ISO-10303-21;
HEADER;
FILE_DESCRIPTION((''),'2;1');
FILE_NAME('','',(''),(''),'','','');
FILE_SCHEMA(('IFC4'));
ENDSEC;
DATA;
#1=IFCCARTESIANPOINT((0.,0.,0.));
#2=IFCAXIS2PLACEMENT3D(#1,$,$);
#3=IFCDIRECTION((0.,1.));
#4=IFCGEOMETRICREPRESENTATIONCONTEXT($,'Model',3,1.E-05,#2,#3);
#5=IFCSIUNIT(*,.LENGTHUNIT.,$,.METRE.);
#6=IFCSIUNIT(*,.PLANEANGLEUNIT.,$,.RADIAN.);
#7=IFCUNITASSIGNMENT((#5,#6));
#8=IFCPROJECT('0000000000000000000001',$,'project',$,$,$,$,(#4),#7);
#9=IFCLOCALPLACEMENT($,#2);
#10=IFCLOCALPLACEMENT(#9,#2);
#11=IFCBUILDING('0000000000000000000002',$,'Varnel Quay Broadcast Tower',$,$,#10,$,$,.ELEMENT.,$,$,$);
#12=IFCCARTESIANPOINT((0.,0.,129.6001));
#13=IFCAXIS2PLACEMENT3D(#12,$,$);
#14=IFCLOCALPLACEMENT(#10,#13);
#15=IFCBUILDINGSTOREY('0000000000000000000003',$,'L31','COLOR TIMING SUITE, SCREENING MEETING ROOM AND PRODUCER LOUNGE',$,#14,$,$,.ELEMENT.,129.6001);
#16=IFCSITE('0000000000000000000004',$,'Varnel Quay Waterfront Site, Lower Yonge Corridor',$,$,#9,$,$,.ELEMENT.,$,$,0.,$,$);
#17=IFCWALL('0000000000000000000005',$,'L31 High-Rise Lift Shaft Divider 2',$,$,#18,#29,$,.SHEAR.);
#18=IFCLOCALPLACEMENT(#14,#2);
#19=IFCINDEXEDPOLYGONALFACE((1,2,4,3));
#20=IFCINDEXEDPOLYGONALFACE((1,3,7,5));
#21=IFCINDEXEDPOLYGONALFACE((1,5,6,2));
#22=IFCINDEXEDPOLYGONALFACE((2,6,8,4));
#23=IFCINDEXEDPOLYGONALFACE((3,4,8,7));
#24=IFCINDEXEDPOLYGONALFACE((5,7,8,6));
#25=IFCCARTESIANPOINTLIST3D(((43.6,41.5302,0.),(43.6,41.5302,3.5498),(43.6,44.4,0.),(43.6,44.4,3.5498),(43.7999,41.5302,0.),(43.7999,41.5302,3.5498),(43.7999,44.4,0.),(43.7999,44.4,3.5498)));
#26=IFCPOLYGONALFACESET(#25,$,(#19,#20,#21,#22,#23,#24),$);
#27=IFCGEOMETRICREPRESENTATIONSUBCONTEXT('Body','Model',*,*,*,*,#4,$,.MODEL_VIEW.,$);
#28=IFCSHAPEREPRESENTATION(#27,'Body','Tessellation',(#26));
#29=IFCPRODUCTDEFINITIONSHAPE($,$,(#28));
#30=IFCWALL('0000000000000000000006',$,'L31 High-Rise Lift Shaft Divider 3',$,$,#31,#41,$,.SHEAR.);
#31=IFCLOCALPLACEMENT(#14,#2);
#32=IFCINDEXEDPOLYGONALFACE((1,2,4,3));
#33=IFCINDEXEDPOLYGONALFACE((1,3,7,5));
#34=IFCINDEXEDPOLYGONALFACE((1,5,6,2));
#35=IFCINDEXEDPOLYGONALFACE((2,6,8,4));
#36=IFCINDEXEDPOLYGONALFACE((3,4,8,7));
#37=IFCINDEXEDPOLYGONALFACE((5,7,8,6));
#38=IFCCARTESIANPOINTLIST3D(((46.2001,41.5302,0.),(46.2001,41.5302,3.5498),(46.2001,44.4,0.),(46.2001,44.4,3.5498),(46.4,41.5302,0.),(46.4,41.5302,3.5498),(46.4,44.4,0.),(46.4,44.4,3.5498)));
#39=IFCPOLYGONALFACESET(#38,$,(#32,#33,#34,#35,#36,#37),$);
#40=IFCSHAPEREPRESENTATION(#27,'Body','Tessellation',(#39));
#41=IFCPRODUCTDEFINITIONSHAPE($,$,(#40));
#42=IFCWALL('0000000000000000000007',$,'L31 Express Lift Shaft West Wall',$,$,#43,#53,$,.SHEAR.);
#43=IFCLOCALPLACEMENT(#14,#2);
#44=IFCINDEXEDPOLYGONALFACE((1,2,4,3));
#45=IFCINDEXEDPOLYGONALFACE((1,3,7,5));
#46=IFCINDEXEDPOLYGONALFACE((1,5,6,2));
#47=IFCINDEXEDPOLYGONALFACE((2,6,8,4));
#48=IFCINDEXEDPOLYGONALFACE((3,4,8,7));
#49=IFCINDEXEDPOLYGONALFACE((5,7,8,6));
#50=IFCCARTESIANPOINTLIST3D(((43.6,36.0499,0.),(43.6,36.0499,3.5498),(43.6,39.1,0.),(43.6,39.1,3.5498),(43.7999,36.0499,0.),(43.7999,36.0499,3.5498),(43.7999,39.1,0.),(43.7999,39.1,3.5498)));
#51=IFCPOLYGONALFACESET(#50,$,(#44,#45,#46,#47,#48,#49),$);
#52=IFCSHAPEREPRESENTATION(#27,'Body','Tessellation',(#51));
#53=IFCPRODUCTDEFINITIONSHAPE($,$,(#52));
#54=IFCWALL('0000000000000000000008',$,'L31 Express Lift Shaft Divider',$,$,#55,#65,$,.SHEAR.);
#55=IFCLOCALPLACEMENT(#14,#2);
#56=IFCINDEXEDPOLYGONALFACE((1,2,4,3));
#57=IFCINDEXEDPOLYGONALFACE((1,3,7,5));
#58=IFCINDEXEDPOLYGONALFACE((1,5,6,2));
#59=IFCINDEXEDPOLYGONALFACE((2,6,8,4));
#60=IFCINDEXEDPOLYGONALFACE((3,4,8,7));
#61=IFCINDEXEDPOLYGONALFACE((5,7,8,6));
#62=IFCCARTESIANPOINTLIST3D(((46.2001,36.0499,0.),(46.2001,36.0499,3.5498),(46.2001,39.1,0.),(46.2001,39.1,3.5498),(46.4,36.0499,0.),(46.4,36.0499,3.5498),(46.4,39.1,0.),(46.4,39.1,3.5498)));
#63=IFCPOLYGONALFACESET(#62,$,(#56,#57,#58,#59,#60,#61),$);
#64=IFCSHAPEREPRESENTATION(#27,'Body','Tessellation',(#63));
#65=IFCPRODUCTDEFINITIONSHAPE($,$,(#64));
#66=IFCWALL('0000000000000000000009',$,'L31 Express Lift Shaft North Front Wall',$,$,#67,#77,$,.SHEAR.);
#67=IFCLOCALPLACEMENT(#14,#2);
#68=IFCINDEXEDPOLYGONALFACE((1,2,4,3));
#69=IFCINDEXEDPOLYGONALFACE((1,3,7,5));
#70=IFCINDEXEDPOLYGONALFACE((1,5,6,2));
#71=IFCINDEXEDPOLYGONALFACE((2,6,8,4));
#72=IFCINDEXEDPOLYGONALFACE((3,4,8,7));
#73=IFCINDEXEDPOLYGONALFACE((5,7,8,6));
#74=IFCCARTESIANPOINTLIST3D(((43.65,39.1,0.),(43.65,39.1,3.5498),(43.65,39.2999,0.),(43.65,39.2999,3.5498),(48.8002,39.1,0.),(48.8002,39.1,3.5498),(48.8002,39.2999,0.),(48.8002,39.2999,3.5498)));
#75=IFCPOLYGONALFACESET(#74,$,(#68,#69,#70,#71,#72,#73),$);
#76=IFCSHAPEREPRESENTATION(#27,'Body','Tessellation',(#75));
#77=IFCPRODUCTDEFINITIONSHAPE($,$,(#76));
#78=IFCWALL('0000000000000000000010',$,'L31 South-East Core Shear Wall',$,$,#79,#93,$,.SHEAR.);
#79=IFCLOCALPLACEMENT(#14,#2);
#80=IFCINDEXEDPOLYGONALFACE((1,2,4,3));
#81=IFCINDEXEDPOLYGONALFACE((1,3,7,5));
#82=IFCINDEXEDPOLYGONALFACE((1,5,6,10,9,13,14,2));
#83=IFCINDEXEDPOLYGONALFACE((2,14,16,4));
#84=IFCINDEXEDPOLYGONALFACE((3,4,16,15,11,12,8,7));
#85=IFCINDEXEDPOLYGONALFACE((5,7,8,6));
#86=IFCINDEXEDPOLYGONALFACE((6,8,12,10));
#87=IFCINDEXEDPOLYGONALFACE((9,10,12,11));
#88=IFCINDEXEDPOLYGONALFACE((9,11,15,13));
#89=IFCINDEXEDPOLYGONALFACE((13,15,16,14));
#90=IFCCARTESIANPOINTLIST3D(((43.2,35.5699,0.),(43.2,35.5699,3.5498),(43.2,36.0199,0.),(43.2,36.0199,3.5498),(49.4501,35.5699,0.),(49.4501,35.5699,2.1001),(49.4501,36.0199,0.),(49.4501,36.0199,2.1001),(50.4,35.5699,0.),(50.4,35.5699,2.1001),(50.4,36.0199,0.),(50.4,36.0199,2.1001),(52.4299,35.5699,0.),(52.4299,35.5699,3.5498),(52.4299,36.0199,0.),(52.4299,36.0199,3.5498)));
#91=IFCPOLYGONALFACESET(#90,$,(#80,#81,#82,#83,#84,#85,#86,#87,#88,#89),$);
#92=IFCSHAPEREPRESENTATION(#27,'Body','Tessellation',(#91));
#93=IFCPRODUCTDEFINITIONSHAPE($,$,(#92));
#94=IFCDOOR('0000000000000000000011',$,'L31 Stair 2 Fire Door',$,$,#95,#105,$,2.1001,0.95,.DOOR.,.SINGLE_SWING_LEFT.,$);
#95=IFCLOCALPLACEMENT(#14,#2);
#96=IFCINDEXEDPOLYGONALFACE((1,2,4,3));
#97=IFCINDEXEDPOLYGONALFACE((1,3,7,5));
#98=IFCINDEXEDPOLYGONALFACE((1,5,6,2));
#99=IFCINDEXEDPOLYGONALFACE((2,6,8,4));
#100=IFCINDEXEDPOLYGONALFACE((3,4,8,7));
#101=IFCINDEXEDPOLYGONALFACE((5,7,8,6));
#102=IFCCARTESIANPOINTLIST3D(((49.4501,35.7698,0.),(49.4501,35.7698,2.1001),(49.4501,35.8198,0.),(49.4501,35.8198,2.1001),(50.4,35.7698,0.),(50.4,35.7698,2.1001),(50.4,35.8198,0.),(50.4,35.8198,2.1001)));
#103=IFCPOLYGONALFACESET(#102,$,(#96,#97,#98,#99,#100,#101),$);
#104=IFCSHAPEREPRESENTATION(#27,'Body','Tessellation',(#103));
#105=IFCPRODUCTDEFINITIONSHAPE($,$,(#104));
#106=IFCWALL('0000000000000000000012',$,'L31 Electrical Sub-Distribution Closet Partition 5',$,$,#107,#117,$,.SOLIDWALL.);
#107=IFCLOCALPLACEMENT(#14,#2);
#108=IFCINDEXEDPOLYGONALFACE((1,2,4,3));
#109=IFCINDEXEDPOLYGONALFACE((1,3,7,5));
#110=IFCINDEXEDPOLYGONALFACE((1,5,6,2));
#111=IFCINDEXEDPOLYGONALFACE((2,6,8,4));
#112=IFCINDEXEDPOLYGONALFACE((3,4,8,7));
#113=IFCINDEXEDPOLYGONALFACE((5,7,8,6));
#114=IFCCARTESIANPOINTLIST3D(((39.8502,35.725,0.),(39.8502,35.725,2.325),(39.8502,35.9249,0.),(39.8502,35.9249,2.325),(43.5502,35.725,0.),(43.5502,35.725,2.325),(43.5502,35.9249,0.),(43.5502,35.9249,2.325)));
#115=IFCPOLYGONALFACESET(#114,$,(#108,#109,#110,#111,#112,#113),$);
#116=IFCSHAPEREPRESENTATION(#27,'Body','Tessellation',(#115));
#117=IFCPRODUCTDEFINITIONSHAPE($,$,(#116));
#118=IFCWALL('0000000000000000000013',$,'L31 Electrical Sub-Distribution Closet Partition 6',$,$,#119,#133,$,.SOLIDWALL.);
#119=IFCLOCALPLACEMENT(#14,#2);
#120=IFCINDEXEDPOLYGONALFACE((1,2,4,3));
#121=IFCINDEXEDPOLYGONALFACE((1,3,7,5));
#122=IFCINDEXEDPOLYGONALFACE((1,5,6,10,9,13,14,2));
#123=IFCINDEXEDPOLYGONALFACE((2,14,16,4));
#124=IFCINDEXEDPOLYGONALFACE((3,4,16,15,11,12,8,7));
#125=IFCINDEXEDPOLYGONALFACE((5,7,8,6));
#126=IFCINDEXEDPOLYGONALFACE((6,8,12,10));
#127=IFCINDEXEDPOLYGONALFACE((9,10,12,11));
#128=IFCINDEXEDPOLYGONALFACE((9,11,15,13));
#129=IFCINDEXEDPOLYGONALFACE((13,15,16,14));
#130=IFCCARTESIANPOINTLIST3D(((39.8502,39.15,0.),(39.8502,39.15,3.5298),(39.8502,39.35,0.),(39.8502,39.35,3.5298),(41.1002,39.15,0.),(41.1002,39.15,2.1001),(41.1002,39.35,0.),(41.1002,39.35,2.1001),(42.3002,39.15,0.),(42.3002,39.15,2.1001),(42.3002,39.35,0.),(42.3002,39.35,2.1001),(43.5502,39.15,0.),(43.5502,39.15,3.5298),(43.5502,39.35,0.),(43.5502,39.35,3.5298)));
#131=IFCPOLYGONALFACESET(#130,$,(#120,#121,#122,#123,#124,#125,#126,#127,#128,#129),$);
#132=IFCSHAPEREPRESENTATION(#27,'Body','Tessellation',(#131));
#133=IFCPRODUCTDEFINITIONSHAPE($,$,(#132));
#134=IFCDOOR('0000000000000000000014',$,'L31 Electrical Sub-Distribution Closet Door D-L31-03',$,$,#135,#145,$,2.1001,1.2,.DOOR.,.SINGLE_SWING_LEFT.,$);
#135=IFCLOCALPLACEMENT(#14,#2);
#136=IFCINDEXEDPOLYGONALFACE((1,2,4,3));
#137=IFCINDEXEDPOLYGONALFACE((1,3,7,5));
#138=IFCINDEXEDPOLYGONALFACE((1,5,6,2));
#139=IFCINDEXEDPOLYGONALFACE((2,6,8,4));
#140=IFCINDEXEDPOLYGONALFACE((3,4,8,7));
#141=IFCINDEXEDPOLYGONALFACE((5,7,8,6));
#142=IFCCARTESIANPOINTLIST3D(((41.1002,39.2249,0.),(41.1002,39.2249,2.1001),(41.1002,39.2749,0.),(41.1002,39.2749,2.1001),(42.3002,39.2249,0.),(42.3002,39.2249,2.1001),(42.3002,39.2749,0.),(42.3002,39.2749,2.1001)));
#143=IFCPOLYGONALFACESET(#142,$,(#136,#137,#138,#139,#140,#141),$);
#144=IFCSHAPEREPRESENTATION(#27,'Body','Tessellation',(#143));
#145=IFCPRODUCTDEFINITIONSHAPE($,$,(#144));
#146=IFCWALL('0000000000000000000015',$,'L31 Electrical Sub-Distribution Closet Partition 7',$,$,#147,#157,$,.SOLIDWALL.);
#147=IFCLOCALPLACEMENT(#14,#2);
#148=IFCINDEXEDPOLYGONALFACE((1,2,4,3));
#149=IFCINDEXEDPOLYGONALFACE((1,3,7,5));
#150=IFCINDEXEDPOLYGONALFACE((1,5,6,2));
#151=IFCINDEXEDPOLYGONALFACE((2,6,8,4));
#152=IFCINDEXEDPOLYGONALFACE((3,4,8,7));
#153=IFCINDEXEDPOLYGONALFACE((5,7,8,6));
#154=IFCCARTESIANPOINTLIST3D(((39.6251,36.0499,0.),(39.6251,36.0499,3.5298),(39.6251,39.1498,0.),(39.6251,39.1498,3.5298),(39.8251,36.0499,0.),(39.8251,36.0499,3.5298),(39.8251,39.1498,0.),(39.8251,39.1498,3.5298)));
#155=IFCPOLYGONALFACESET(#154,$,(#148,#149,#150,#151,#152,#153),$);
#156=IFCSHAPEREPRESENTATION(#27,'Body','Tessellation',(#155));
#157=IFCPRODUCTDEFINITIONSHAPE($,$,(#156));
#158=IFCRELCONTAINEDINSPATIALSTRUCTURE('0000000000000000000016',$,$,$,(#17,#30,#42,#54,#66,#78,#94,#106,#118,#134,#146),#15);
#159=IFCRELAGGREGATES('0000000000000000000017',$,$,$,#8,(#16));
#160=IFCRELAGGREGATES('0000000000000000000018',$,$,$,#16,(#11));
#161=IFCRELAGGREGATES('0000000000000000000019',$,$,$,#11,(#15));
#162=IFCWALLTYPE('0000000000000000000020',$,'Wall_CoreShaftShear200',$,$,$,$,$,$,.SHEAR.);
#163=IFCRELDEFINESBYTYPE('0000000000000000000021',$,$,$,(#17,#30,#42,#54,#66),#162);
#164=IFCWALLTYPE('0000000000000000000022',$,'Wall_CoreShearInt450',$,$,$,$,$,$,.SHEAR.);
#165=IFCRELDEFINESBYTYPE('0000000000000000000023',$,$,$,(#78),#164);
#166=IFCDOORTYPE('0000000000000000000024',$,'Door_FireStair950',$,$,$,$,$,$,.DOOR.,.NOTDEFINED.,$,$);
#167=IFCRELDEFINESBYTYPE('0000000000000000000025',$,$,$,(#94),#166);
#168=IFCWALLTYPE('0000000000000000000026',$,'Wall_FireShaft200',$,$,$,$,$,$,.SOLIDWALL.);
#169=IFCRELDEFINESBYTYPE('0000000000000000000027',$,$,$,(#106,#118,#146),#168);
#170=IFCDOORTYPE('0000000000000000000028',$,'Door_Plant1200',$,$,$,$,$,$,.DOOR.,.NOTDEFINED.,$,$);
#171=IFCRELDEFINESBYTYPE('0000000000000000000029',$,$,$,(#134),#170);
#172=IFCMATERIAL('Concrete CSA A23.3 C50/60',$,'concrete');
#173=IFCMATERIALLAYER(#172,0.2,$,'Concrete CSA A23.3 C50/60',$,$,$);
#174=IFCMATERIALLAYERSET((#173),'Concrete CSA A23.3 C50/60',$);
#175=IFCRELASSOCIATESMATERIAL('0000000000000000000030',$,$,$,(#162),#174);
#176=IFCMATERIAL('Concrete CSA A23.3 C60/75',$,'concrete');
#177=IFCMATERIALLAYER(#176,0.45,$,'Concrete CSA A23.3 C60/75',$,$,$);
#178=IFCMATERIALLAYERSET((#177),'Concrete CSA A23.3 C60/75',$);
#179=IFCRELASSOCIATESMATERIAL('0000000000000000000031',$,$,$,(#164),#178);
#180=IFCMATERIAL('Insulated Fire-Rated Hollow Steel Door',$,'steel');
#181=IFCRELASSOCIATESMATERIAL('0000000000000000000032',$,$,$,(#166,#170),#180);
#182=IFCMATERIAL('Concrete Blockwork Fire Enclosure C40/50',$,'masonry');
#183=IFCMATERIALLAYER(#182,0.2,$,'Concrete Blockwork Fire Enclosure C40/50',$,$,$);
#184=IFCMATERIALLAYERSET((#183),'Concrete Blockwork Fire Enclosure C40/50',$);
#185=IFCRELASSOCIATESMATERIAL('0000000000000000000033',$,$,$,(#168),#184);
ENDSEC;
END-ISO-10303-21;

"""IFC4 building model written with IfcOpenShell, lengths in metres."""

from ifc_helpers import new_model, si_unit, direction, frame, frame_2d, origin, place, context, subcontext, project, spatial, rectangle, extrude, source, transform, mapped, material, layer, layer_set, type_object, type_shapes, element, fill, save


model = new_model("IFC4")

# Units and contexts
model_context = context("Model", 3, precision=1e-05, world=origin(), true_north=direction((0.0, 1.0)))
body_context = subcontext(model_context, "Body", "Model", "MODEL_VIEW")
ifc_project = project(units=[si_unit("LENGTHUNIT", "METRE"), si_unit("PLANEANGLEUNIT", "RADIAN")], contexts=[model_context])

# Site, building, storey
site_placement = place(None, origin())
site = spatial("IfcSite", under=ifc_project, at=site_placement, Name="Varnel Quay Waterfront Site, Lower Yonge Corridor", CompositionType="ELEMENT", RefElevation=0.0)
building_placement = place(site_placement, origin())
building = spatial("IfcBuilding", under=site, at=building_placement, Name="Varnel Quay Broadcast Tower", CompositionType="ELEMENT")
storey_placement = place(building_placement, frame((0.0, 0.0, 129.6001)))
storey = spatial("IfcBuildingStorey", under=building, at=storey_placement, Name="L31", Description="COLOR TIMING SUITE, SCREENING MEETING ROOM AND PRODUCER LOUNGE", CompositionType="ELEMENT", Elevation=129.6001)

# Walls
ifc_material_1 = material(Name="Concrete CSA A23.3 C50/60", Category="concrete")
ifc_layer_1 = layer(ifc_material_1, 0.2, Name="Concrete CSA A23.3 C50/60")
ifc_layer_set_1 = layer_set([ifc_layer_1], Name="Concrete CSA A23.3 C50/60")
wall_type_1 = type_object("IfcWallType", Name="Wall_CoreShaftShear200", PredefinedType="SHEAR", material=ifc_layer_set_1)
for number, where, z_axis, x_axis, name in (
    (1, (43.7, 41.53, 0.0), (0.0, 0.0, 1.0), (0.0, 1.0, 0.0), "L31 High-Rise Lift Shaft Divider 2"),
    (2, (46.3, 41.53, 0.0), (0.0, 0.0, 1.0), (0.0, 1.0, 0.0), "L31 High-Rise Lift Shaft Divider 3"),
):
    element("IfcWall", number, at=place(storey_placement, frame(where, z_axis=z_axis, x_axis=x_axis)), inside=storey, type_object=wall_type_1, Name=name, PredefinedType="SHEAR", context=body_context, shape_type="SweptSolid", body=[
        extrude(rectangle(XDim=2.8699, YDim=0.2, at=frame_2d((1.4351, 0.0))), origin(), (0.0, 0.0, 1.0), 3.5498),
    ])
for number, where, z_axis, x_axis, name in (
    (3, (43.7, 36.05, 0.0), (0.0, 0.0, 1.0), (0.0, 1.0, 0.0), "L31 Express Lift Shaft West Wall"),
    (4, (46.3, 36.05, 0.0), (0.0, 0.0, 1.0), (0.0, 1.0, 0.0), "L31 Express Lift Shaft Divider"),
):
    element("IfcWall", number, at=place(storey_placement, frame(where, z_axis=z_axis, x_axis=x_axis)), inside=storey, type_object=wall_type_1, Name=name, PredefinedType="SHEAR", context=body_context, shape_type="SweptSolid", body=[
        extrude(rectangle(XDim=3.05, YDim=0.2, at=frame_2d((1.5249, 0.0))), origin(), (0.0, 0.0, 1.0), 3.5498),
    ])
wall_1_placement = place(storey_placement, frame((43.6499, 39.2, 0.0), z_axis=(0.0, 0.0, 1.0), x_axis=(1.0, 0.0, 0.0)))
element("IfcWall", 5, at=wall_1_placement, inside=storey, type_object=wall_type_1, Name="L31 Express Lift Shaft North Front Wall", PredefinedType="SHEAR", context=body_context, shape_type="SweptSolid", body=[
    extrude(rectangle(XDim=5.1501, YDim=0.2, at=frame_2d((2.5752, 0.0))), origin(), (0.0, 0.0, 1.0), 3.5498),
])

# Wall, opening, door
ifc_material_2 = material(Name="Concrete CSA A23.3 C60/75", Category="concrete")
ifc_layer_2 = layer(ifc_material_2, 0.45, Name="Concrete CSA A23.3 C60/75")
ifc_layer_set_2 = layer_set([ifc_layer_2], Name="Concrete CSA A23.3 C60/75")
wall_type_2 = type_object("IfcWallType", Name="Wall_CoreShearInt450", PredefinedType="SHEAR", material=ifc_layer_set_2)
wall_2_placement = place(storey_placement, frame((43.2, 35.7949, 0.0), z_axis=(0.0, 0.0, 1.0), x_axis=(1.0, 0.0, 0.0)))
wall_2 = element("IfcWall", 6, at=wall_2_placement, inside=storey, type_object=wall_type_2, Name="L31 South-East Core Shear Wall", PredefinedType="SHEAR", context=body_context, shape_type="SweptSolid", body=[
    extrude(rectangle(XDim=9.23, YDim=0.45, at=frame_2d((4.615, 0.0))), origin(), (0.0, 0.0, 1.0), 3.5498),
])
opening_1_placement = place(wall_2_placement, frame((6.25, 0.0, 0.0)))
opening_1 = element("IfcOpeningElement", 7, at=opening_1_placement, cuts=wall_2, PredefinedType="OPENING", context=body_context, shape_type="SweptSolid", body=[
    extrude(rectangle(XDim=0.95, YDim=2.1001, at=frame_2d((0.4751, 1.05))), frame((0.0, 0.2349, 0.0), z_axis=(0.0, -1.0, 0.0), x_axis=(1.0, 0.0, 0.0)), (0.0, 0.0, 1.0), 0.47),
])
ifc_material_3 = material(Name="Insulated Fire-Rated Hollow Steel Door", Category="steel")
door_type_1 = type_object("IfcDoorType", Name="Door_FireStair950", OperationType="NOTDEFINED", PredefinedType="DOOR", material=ifc_material_3)
shared_shape_1 = source(origin(), body_context, "Body", "SweptSolid", [
    extrude(rectangle(XDim=0.95, YDim=2.1001, at=frame_2d((0.4751, 1.05))), frame((0.0, 0.0249, 0.0), z_axis=(0.0, -1.0, 0.0), x_axis=(1.0, 0.0, 0.0)), (0.0, 0.0, 1.0), 0.05),
])
type_shapes(door_type_1, [shared_shape_1])
door_1_placement = place(opening_1_placement, origin())
door_1 = element("IfcDoor", 8, at=door_1_placement, inside=storey, type_object=door_type_1, Name="L31 Stair 2 Fire Door", OperationType="SINGLE_SWING_LEFT", OverallHeight=2.1001, OverallWidth=0.95, PredefinedType="DOOR", context=body_context, shape_type="MappedRepresentation", body=[
    mapped(shared_shape_1, transform((0.0, 0.0, 0.0), x_axis=(1.0, 0.0, 0.0), y_axis=(0.0, 1.0, 0.0), z_axis=(0.0, 0.0, 1.0), scale=1.0)),
])
fill(opening_1, door_1)

# Wall
ifc_material_4 = material(Name="Concrete Blockwork Fire Enclosure C40/50", Category="masonry")
ifc_layer_3 = layer(ifc_material_4, 0.2, Name="Concrete Blockwork Fire Enclosure C40/50")
ifc_layer_set_3 = layer_set([ifc_layer_3], Name="Concrete Blockwork Fire Enclosure C40/50")
wall_type_3 = type_object("IfcWallType", Name="Wall_FireShaft200", PredefinedType="SOLIDWALL", material=ifc_layer_set_3)
wall_3_placement = place(storey_placement, frame((39.8501, 35.825, 0.0), z_axis=(0.0, 0.0, 1.0), x_axis=(1.0, 0.0, 0.0)))
element("IfcWall", 9, at=wall_3_placement, inside=storey, type_object=wall_type_3, Name="L31 Electrical Sub-Distribution Closet Partition 5", PredefinedType="SOLIDWALL", context=body_context, shape_type="SweptSolid", body=[
    extrude(rectangle(XDim=3.7, YDim=0.2, at=frame_2d((1.8501, 0.0))), origin(), (0.0, 0.0, 1.0), 2.325),
])

# Wall, opening, door
wall_4_placement = place(storey_placement, frame((39.8501, 39.25, 0.0), z_axis=(0.0, 0.0, 1.0), x_axis=(1.0, 0.0, 0.0)))
wall_4 = element("IfcWall", 10, at=wall_4_placement, inside=storey, type_object=wall_type_3, Name="L31 Electrical Sub-Distribution Closet Partition 6", PredefinedType="SOLIDWALL", context=body_context, shape_type="SweptSolid", body=[
    extrude(rectangle(XDim=3.7, YDim=0.2, at=frame_2d((1.8501, 0.0))), origin(), (0.0, 0.0, 1.0), 3.5298),
])
opening_2_placement = place(wall_4_placement, frame((1.25, 0.0, 0.0)))
opening_2 = element("IfcOpeningElement", 11, at=opening_2_placement, cuts=wall_4, PredefinedType="OPENING", context=body_context, shape_type="SweptSolid", body=[
    extrude(rectangle(XDim=1.2, YDim=2.1001, at=frame_2d((0.6001, 1.05))), frame((0.0, 0.1099, 0.0), z_axis=(0.0, -1.0, 0.0), x_axis=(1.0, 0.0, 0.0)), (0.0, 0.0, 1.0), 0.22),
])
door_type_2 = type_object("IfcDoorType", Name="Door_Plant1200", OperationType="NOTDEFINED", PredefinedType="DOOR", material=ifc_material_3)
shared_shape_2 = source(origin(), body_context, "Body", "SweptSolid", [
    extrude(rectangle(XDim=1.2, YDim=2.1001, at=frame_2d((0.6001, 1.05))), frame((0.0, 0.0249, 0.0), z_axis=(0.0, -1.0, 0.0), x_axis=(1.0, 0.0, 0.0)), (0.0, 0.0, 1.0), 0.05),
])
type_shapes(door_type_2, [shared_shape_2])
door_2_placement = place(opening_2_placement, origin())
door_2 = element("IfcDoor", 12, at=door_2_placement, inside=storey, type_object=door_type_2, Name="L31 Electrical Sub-Distribution Closet Door D-L31-03", OperationType="SINGLE_SWING_LEFT", OverallHeight=2.1001, OverallWidth=1.2, PredefinedType="DOOR", context=body_context, shape_type="MappedRepresentation", body=[
    mapped(shared_shape_2, transform((0.0, 0.0, 0.0), x_axis=(1.0, 0.0, 0.0), y_axis=(0.0, 1.0, 0.0), z_axis=(0.0, 0.0, 1.0), scale=1.0)),
])
fill(opening_2, door_2)

# Wall
wall_5_placement = place(storey_placement, frame((39.7251, 36.05, 0.0), z_axis=(0.0, 0.0, 1.0), x_axis=(0.0, 1.0, 0.0)))
element("IfcWall", 13, at=wall_5_placement, inside=storey, type_object=wall_type_3, Name="L31 Electrical Sub-Distribution Closet Partition 7", PredefinedType="SOLIDWALL", context=body_context, shape_type="SweptSolid", body=[
    extrude(rectangle(XDim=3.0999, YDim=0.2, at=frame_2d((1.5498, 0.0))), origin(), (0.0, 0.0, 1.0), 3.5298),
])

save(model, "model.ifc")
